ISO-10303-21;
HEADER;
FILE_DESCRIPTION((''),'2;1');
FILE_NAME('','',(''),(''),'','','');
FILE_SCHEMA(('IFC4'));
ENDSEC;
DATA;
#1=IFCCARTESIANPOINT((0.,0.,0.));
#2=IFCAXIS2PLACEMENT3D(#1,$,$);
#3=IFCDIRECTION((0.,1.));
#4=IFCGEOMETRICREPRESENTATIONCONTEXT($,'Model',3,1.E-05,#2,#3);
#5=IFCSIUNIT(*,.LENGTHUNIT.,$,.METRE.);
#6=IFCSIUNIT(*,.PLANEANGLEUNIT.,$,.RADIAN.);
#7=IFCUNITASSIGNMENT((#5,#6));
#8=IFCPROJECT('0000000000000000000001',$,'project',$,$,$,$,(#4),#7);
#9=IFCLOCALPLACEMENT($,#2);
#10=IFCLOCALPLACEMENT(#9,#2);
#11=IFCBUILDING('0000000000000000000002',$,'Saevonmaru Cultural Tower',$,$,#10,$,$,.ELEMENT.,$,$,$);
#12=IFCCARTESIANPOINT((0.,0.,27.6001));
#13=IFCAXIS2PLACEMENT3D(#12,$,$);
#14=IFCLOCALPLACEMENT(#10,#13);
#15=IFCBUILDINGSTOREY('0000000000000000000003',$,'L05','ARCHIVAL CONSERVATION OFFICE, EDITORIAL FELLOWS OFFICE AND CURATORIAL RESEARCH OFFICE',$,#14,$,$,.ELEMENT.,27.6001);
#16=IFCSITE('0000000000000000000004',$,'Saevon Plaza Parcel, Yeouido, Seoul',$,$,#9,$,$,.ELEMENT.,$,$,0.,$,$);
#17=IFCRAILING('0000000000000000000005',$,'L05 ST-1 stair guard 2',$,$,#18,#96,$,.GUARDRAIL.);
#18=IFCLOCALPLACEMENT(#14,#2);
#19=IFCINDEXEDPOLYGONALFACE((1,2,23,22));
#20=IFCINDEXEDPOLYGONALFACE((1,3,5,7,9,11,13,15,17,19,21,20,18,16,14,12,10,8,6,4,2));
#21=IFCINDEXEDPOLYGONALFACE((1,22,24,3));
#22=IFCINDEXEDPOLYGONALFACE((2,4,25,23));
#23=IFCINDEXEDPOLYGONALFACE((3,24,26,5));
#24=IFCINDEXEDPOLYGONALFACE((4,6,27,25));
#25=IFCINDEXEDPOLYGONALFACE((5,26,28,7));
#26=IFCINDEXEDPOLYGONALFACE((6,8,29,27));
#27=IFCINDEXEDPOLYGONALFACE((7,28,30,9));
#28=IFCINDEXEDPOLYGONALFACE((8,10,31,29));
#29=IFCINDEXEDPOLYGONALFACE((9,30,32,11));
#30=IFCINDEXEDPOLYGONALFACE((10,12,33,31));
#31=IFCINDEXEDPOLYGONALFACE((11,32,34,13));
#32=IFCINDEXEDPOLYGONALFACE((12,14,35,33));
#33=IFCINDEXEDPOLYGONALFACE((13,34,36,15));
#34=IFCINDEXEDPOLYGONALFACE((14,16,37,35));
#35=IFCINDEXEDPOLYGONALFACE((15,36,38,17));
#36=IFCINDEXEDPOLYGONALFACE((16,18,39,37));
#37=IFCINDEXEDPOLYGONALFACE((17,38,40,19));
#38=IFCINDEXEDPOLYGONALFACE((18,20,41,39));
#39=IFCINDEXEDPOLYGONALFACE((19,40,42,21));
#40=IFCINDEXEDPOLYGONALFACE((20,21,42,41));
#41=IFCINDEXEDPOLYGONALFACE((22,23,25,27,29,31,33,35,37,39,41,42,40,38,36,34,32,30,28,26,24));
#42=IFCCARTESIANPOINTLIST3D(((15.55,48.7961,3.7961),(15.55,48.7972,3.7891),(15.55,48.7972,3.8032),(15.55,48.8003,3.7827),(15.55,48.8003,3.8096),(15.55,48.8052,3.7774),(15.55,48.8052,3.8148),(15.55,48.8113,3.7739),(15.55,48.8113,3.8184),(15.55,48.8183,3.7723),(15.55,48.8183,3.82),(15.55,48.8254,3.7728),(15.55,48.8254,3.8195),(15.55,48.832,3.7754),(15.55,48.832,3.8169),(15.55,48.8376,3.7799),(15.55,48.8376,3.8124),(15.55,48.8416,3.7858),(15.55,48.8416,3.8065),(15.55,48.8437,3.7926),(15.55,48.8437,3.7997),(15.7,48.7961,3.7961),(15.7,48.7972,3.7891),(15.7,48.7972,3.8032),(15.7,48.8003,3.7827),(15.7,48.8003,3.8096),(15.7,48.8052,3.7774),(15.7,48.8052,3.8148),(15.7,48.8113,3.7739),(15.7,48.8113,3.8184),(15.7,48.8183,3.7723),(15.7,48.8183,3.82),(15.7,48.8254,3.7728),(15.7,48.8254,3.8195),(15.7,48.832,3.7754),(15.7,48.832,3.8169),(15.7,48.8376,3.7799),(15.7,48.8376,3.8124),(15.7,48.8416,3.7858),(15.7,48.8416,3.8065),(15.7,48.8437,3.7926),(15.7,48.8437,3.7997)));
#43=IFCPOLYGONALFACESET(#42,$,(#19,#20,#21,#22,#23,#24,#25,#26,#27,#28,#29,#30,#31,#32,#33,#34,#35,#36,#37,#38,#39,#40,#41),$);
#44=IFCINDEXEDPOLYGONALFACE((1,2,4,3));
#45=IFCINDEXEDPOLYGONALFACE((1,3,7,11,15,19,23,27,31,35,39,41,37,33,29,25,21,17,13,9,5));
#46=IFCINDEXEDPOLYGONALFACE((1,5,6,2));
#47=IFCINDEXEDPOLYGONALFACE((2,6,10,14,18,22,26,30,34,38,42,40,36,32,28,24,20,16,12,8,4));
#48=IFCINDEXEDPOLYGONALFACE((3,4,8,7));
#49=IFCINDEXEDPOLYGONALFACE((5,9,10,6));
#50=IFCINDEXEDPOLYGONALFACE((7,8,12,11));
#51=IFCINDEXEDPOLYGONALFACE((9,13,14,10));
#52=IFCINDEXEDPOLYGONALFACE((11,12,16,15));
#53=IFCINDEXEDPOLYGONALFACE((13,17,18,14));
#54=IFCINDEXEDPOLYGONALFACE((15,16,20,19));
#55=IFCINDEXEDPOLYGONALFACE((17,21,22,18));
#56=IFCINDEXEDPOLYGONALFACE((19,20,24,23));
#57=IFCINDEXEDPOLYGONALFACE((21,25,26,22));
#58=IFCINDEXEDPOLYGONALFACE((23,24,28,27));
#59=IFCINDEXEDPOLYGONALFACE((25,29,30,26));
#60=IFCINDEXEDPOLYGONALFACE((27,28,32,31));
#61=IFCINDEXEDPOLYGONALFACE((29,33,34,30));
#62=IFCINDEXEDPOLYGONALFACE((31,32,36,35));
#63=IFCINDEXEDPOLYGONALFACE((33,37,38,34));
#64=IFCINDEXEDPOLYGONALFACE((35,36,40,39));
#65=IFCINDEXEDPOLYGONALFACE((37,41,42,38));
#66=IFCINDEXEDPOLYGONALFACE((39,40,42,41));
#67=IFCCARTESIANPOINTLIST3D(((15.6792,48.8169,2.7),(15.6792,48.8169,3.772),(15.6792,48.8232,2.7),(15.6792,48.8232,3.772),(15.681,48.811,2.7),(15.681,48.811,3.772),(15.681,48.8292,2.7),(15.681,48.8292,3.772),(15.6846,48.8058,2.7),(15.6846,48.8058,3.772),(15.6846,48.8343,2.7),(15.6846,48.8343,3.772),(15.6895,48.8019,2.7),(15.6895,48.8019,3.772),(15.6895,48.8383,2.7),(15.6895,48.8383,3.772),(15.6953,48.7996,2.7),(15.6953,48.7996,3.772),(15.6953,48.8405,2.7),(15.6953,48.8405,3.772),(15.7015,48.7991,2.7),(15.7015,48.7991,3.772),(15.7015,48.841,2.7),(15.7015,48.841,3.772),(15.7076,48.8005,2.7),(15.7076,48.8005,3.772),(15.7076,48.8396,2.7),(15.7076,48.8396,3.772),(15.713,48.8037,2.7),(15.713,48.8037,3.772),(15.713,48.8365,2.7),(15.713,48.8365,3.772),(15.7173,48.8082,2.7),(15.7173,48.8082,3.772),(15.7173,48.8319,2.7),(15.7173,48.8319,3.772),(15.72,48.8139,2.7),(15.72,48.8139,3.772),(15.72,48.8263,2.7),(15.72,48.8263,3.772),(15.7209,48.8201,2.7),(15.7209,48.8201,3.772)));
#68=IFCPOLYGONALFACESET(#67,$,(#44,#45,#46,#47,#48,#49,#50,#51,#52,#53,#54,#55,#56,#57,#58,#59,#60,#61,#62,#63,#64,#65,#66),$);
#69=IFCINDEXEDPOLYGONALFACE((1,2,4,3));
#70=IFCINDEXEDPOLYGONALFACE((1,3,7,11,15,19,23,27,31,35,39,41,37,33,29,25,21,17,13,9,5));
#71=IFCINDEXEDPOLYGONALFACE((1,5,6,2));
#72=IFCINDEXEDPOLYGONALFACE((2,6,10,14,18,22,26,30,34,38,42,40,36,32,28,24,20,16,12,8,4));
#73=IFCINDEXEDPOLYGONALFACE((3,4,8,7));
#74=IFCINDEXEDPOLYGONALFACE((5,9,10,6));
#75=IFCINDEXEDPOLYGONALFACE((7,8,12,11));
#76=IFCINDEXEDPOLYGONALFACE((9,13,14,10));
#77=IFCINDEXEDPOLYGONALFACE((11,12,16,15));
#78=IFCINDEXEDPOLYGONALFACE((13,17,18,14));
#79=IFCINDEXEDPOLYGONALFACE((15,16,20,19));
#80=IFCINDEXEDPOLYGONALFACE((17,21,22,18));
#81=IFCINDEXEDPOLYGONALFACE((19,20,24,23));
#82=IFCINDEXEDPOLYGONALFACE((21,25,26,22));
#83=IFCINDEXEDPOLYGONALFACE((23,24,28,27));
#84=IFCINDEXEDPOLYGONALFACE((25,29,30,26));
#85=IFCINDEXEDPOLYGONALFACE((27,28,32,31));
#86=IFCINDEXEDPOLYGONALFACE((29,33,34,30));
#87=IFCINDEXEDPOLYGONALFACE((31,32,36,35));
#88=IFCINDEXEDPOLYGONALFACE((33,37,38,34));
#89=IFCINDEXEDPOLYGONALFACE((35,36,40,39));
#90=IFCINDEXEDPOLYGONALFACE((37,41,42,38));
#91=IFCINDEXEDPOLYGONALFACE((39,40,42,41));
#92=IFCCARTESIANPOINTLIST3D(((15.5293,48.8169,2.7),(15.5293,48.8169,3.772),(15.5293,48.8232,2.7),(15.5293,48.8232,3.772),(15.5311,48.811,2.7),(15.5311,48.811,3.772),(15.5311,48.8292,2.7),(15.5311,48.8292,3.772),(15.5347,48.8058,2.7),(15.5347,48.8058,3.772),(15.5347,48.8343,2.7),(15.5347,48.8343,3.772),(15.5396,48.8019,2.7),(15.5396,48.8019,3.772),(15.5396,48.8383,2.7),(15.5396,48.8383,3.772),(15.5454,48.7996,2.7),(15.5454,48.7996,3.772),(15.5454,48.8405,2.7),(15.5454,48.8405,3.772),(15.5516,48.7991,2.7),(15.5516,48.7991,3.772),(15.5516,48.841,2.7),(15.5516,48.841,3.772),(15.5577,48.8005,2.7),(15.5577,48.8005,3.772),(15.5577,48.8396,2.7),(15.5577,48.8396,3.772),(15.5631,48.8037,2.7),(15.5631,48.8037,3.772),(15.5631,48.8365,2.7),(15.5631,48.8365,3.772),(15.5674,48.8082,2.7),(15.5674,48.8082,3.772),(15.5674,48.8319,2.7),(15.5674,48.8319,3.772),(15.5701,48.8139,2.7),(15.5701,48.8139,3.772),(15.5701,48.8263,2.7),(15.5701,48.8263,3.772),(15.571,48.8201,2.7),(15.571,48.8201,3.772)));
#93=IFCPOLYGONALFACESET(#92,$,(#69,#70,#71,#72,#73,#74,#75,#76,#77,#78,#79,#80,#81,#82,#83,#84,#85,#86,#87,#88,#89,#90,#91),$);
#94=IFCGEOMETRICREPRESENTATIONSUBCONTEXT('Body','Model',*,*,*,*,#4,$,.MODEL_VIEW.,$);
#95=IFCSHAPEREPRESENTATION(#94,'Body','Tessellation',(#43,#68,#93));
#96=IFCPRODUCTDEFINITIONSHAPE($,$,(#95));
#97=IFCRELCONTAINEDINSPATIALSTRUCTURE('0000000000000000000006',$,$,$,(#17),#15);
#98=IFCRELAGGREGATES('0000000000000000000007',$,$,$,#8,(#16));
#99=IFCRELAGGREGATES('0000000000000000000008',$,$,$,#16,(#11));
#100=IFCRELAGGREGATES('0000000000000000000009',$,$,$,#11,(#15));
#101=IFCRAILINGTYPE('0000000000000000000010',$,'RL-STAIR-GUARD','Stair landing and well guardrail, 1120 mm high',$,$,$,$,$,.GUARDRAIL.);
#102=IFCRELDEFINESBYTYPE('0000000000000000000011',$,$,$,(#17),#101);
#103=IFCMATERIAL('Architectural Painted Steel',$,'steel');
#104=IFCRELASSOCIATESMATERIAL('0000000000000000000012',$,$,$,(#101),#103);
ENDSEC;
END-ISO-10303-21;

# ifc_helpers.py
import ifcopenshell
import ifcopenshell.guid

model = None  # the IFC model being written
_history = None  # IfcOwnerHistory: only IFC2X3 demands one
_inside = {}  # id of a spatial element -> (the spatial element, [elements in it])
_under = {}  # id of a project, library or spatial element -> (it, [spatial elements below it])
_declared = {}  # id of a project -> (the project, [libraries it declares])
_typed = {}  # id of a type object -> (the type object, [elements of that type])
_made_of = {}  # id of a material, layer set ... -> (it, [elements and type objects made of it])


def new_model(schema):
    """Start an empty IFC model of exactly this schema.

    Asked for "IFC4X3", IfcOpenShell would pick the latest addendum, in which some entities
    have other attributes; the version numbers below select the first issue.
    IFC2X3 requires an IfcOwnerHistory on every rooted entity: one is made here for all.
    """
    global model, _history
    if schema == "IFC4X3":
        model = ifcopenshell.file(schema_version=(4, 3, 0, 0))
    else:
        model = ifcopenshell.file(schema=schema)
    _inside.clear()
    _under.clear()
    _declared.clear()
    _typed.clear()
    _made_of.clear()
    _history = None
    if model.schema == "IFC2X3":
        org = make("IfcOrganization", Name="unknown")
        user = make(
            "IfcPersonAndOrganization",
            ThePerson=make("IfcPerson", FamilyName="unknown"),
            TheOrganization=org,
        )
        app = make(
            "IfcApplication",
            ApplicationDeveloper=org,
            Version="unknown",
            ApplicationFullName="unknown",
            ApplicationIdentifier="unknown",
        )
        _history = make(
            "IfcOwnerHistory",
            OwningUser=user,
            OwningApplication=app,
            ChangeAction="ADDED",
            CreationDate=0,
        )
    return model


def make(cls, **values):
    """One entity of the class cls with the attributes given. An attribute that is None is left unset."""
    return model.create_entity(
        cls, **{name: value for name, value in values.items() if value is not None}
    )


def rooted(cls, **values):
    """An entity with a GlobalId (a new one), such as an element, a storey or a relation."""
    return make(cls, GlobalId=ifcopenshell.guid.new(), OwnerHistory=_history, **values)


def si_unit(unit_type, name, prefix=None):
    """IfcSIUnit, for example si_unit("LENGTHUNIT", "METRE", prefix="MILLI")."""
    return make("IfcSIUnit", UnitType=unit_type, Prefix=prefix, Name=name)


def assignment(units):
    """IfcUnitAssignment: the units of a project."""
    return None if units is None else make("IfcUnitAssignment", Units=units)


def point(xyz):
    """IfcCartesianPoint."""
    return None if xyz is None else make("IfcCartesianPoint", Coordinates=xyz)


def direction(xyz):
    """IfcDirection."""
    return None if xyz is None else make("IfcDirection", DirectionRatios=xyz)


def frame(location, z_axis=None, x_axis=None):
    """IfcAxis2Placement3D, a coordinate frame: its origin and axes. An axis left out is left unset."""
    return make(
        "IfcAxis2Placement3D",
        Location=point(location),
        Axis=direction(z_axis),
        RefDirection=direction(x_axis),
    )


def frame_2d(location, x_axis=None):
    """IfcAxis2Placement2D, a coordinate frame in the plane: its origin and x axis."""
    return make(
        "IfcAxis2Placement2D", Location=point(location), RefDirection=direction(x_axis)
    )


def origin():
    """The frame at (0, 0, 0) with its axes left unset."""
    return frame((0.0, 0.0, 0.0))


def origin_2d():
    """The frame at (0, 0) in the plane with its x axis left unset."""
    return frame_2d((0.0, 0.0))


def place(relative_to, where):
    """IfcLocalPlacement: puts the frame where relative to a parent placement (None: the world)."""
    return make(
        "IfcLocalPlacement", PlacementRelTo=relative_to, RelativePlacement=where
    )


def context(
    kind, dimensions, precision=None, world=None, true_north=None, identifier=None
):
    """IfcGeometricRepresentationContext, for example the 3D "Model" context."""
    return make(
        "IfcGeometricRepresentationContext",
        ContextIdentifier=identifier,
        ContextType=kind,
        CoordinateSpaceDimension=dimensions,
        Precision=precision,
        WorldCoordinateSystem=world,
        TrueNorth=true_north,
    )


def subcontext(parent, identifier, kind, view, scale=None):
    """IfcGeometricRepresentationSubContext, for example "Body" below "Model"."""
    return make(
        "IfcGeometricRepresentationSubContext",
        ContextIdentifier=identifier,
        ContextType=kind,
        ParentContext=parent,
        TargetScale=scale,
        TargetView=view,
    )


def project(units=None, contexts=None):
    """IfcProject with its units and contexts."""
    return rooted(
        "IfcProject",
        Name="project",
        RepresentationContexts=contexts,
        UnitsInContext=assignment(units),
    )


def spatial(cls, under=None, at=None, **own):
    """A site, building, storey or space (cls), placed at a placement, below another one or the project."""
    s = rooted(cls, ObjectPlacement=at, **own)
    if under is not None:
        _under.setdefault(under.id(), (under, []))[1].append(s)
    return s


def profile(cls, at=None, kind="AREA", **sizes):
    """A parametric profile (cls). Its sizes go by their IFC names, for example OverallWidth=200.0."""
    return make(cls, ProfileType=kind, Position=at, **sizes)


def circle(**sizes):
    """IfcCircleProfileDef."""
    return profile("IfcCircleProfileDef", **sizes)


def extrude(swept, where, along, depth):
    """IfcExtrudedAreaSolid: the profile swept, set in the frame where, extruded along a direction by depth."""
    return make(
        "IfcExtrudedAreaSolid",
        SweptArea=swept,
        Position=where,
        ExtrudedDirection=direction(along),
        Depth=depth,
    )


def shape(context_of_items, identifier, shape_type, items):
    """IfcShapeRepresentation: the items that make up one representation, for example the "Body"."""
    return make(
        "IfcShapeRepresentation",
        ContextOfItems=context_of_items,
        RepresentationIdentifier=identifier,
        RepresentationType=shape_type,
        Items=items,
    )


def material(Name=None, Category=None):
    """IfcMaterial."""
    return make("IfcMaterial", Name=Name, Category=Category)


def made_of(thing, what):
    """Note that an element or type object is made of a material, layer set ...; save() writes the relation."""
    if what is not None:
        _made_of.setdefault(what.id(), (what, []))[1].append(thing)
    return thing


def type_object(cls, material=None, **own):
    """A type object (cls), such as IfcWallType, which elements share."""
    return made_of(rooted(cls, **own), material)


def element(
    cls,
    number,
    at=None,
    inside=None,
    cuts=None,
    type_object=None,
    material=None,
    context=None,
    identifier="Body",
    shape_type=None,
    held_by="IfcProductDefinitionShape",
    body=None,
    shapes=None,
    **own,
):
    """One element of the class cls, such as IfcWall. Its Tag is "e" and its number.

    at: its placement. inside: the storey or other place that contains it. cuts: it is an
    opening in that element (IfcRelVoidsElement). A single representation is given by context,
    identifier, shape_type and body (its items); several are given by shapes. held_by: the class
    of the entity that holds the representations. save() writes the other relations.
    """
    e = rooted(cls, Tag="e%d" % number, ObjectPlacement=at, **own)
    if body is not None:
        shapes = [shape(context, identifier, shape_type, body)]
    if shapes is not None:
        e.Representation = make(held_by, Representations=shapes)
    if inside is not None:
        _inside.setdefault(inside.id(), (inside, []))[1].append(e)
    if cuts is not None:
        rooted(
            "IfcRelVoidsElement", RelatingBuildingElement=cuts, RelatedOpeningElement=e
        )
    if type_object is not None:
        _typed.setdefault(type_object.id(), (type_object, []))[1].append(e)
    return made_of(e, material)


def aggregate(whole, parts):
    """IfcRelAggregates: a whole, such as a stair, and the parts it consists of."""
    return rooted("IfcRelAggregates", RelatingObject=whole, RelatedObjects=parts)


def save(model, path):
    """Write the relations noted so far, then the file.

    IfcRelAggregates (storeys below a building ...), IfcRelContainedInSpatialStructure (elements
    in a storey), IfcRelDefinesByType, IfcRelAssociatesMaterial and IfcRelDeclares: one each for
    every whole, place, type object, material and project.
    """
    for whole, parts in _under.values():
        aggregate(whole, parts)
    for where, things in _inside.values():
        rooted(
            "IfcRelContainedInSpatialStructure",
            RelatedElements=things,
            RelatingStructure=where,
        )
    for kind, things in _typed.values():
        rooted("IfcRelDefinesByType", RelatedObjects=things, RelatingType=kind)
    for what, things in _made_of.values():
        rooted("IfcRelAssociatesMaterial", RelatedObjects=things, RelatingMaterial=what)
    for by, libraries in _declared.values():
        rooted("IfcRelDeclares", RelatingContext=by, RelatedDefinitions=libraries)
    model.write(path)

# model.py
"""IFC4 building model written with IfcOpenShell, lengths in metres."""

from ifc_helpers import new_model, si_unit, direction, frame, origin, origin_2d, place, context, subcontext, project, spatial, circle, extrude, material, type_object, element, save


model = new_model("IFC4")

# Units and contexts
model_context = context("Model", 3, precision=1e-05, world=origin(), true_north=direction((0.0, 1.0)))
body_context = subcontext(model_context, "Body", "Model", "MODEL_VIEW")
ifc_project = project(units=[si_unit("LENGTHUNIT", "METRE"), si_unit("PLANEANGLEUNIT", "RADIAN")], contexts=[model_context])

# Site, building, storey
site_placement = place(None, origin())
site = spatial("IfcSite", under=ifc_project, at=site_placement, Name="Saevon Plaza Parcel, Yeouido, Seoul", CompositionType="ELEMENT", RefElevation=0.0)
building_placement = place(site_placement, origin())
building = spatial("IfcBuilding", under=site, at=building_placement, Name="Saevonmaru Cultural Tower", CompositionType="ELEMENT")
storey_placement = place(building_placement, frame((0.0, 0.0, 27.6001)))
storey = spatial("IfcBuildingStorey", under=building, at=storey_placement, Name="L05", Description="ARCHIVAL CONSERVATION OFFICE, EDITORIAL FELLOWS OFFICE AND CURATORIAL RESEARCH OFFICE", CompositionType="ELEMENT", Elevation=27.6001)

# Railing
ifc_material_1 = material(Name="Architectural Painted Steel", Category="steel")
railing_type_1 = type_object("IfcRailingType", Name="RL-STAIR-GUARD", Description="Stair landing and well guardrail, 1120 mm high", PredefinedType="GUARDRAIL", material=ifc_material_1)
railing_1_placement = place(storey_placement, frame((15.7, 48.8201, 2.7)))
element("IfcRailing", 1, at=railing_1_placement, inside=storey, type_object=railing_type_1, Name="L05 ST-1 stair guard 2", PredefinedType="GUARDRAIL", context=body_context, shape_type="SweptSolid", body=[
    extrude(circle(Radius=0.0239, at=origin_2d()), frame((0.0, 0.0, 1.0962), z_axis=(-1.0, 0.0, 0.0), x_axis=(0.0, -1.0, 0.0)), (0.0, 0.0, 1.0), 0.1499),
    extrude(circle(Radius=0.021, at=origin_2d()), origin(), (0.0, 0.0, 1.0), 1.072),
    extrude(circle(Radius=0.021, at=origin_2d()), frame((-0.1499, 0.0, 0.0)), (0.0, 0.0, 1.0), 1.072),
])

save(model, "model.ifc")
